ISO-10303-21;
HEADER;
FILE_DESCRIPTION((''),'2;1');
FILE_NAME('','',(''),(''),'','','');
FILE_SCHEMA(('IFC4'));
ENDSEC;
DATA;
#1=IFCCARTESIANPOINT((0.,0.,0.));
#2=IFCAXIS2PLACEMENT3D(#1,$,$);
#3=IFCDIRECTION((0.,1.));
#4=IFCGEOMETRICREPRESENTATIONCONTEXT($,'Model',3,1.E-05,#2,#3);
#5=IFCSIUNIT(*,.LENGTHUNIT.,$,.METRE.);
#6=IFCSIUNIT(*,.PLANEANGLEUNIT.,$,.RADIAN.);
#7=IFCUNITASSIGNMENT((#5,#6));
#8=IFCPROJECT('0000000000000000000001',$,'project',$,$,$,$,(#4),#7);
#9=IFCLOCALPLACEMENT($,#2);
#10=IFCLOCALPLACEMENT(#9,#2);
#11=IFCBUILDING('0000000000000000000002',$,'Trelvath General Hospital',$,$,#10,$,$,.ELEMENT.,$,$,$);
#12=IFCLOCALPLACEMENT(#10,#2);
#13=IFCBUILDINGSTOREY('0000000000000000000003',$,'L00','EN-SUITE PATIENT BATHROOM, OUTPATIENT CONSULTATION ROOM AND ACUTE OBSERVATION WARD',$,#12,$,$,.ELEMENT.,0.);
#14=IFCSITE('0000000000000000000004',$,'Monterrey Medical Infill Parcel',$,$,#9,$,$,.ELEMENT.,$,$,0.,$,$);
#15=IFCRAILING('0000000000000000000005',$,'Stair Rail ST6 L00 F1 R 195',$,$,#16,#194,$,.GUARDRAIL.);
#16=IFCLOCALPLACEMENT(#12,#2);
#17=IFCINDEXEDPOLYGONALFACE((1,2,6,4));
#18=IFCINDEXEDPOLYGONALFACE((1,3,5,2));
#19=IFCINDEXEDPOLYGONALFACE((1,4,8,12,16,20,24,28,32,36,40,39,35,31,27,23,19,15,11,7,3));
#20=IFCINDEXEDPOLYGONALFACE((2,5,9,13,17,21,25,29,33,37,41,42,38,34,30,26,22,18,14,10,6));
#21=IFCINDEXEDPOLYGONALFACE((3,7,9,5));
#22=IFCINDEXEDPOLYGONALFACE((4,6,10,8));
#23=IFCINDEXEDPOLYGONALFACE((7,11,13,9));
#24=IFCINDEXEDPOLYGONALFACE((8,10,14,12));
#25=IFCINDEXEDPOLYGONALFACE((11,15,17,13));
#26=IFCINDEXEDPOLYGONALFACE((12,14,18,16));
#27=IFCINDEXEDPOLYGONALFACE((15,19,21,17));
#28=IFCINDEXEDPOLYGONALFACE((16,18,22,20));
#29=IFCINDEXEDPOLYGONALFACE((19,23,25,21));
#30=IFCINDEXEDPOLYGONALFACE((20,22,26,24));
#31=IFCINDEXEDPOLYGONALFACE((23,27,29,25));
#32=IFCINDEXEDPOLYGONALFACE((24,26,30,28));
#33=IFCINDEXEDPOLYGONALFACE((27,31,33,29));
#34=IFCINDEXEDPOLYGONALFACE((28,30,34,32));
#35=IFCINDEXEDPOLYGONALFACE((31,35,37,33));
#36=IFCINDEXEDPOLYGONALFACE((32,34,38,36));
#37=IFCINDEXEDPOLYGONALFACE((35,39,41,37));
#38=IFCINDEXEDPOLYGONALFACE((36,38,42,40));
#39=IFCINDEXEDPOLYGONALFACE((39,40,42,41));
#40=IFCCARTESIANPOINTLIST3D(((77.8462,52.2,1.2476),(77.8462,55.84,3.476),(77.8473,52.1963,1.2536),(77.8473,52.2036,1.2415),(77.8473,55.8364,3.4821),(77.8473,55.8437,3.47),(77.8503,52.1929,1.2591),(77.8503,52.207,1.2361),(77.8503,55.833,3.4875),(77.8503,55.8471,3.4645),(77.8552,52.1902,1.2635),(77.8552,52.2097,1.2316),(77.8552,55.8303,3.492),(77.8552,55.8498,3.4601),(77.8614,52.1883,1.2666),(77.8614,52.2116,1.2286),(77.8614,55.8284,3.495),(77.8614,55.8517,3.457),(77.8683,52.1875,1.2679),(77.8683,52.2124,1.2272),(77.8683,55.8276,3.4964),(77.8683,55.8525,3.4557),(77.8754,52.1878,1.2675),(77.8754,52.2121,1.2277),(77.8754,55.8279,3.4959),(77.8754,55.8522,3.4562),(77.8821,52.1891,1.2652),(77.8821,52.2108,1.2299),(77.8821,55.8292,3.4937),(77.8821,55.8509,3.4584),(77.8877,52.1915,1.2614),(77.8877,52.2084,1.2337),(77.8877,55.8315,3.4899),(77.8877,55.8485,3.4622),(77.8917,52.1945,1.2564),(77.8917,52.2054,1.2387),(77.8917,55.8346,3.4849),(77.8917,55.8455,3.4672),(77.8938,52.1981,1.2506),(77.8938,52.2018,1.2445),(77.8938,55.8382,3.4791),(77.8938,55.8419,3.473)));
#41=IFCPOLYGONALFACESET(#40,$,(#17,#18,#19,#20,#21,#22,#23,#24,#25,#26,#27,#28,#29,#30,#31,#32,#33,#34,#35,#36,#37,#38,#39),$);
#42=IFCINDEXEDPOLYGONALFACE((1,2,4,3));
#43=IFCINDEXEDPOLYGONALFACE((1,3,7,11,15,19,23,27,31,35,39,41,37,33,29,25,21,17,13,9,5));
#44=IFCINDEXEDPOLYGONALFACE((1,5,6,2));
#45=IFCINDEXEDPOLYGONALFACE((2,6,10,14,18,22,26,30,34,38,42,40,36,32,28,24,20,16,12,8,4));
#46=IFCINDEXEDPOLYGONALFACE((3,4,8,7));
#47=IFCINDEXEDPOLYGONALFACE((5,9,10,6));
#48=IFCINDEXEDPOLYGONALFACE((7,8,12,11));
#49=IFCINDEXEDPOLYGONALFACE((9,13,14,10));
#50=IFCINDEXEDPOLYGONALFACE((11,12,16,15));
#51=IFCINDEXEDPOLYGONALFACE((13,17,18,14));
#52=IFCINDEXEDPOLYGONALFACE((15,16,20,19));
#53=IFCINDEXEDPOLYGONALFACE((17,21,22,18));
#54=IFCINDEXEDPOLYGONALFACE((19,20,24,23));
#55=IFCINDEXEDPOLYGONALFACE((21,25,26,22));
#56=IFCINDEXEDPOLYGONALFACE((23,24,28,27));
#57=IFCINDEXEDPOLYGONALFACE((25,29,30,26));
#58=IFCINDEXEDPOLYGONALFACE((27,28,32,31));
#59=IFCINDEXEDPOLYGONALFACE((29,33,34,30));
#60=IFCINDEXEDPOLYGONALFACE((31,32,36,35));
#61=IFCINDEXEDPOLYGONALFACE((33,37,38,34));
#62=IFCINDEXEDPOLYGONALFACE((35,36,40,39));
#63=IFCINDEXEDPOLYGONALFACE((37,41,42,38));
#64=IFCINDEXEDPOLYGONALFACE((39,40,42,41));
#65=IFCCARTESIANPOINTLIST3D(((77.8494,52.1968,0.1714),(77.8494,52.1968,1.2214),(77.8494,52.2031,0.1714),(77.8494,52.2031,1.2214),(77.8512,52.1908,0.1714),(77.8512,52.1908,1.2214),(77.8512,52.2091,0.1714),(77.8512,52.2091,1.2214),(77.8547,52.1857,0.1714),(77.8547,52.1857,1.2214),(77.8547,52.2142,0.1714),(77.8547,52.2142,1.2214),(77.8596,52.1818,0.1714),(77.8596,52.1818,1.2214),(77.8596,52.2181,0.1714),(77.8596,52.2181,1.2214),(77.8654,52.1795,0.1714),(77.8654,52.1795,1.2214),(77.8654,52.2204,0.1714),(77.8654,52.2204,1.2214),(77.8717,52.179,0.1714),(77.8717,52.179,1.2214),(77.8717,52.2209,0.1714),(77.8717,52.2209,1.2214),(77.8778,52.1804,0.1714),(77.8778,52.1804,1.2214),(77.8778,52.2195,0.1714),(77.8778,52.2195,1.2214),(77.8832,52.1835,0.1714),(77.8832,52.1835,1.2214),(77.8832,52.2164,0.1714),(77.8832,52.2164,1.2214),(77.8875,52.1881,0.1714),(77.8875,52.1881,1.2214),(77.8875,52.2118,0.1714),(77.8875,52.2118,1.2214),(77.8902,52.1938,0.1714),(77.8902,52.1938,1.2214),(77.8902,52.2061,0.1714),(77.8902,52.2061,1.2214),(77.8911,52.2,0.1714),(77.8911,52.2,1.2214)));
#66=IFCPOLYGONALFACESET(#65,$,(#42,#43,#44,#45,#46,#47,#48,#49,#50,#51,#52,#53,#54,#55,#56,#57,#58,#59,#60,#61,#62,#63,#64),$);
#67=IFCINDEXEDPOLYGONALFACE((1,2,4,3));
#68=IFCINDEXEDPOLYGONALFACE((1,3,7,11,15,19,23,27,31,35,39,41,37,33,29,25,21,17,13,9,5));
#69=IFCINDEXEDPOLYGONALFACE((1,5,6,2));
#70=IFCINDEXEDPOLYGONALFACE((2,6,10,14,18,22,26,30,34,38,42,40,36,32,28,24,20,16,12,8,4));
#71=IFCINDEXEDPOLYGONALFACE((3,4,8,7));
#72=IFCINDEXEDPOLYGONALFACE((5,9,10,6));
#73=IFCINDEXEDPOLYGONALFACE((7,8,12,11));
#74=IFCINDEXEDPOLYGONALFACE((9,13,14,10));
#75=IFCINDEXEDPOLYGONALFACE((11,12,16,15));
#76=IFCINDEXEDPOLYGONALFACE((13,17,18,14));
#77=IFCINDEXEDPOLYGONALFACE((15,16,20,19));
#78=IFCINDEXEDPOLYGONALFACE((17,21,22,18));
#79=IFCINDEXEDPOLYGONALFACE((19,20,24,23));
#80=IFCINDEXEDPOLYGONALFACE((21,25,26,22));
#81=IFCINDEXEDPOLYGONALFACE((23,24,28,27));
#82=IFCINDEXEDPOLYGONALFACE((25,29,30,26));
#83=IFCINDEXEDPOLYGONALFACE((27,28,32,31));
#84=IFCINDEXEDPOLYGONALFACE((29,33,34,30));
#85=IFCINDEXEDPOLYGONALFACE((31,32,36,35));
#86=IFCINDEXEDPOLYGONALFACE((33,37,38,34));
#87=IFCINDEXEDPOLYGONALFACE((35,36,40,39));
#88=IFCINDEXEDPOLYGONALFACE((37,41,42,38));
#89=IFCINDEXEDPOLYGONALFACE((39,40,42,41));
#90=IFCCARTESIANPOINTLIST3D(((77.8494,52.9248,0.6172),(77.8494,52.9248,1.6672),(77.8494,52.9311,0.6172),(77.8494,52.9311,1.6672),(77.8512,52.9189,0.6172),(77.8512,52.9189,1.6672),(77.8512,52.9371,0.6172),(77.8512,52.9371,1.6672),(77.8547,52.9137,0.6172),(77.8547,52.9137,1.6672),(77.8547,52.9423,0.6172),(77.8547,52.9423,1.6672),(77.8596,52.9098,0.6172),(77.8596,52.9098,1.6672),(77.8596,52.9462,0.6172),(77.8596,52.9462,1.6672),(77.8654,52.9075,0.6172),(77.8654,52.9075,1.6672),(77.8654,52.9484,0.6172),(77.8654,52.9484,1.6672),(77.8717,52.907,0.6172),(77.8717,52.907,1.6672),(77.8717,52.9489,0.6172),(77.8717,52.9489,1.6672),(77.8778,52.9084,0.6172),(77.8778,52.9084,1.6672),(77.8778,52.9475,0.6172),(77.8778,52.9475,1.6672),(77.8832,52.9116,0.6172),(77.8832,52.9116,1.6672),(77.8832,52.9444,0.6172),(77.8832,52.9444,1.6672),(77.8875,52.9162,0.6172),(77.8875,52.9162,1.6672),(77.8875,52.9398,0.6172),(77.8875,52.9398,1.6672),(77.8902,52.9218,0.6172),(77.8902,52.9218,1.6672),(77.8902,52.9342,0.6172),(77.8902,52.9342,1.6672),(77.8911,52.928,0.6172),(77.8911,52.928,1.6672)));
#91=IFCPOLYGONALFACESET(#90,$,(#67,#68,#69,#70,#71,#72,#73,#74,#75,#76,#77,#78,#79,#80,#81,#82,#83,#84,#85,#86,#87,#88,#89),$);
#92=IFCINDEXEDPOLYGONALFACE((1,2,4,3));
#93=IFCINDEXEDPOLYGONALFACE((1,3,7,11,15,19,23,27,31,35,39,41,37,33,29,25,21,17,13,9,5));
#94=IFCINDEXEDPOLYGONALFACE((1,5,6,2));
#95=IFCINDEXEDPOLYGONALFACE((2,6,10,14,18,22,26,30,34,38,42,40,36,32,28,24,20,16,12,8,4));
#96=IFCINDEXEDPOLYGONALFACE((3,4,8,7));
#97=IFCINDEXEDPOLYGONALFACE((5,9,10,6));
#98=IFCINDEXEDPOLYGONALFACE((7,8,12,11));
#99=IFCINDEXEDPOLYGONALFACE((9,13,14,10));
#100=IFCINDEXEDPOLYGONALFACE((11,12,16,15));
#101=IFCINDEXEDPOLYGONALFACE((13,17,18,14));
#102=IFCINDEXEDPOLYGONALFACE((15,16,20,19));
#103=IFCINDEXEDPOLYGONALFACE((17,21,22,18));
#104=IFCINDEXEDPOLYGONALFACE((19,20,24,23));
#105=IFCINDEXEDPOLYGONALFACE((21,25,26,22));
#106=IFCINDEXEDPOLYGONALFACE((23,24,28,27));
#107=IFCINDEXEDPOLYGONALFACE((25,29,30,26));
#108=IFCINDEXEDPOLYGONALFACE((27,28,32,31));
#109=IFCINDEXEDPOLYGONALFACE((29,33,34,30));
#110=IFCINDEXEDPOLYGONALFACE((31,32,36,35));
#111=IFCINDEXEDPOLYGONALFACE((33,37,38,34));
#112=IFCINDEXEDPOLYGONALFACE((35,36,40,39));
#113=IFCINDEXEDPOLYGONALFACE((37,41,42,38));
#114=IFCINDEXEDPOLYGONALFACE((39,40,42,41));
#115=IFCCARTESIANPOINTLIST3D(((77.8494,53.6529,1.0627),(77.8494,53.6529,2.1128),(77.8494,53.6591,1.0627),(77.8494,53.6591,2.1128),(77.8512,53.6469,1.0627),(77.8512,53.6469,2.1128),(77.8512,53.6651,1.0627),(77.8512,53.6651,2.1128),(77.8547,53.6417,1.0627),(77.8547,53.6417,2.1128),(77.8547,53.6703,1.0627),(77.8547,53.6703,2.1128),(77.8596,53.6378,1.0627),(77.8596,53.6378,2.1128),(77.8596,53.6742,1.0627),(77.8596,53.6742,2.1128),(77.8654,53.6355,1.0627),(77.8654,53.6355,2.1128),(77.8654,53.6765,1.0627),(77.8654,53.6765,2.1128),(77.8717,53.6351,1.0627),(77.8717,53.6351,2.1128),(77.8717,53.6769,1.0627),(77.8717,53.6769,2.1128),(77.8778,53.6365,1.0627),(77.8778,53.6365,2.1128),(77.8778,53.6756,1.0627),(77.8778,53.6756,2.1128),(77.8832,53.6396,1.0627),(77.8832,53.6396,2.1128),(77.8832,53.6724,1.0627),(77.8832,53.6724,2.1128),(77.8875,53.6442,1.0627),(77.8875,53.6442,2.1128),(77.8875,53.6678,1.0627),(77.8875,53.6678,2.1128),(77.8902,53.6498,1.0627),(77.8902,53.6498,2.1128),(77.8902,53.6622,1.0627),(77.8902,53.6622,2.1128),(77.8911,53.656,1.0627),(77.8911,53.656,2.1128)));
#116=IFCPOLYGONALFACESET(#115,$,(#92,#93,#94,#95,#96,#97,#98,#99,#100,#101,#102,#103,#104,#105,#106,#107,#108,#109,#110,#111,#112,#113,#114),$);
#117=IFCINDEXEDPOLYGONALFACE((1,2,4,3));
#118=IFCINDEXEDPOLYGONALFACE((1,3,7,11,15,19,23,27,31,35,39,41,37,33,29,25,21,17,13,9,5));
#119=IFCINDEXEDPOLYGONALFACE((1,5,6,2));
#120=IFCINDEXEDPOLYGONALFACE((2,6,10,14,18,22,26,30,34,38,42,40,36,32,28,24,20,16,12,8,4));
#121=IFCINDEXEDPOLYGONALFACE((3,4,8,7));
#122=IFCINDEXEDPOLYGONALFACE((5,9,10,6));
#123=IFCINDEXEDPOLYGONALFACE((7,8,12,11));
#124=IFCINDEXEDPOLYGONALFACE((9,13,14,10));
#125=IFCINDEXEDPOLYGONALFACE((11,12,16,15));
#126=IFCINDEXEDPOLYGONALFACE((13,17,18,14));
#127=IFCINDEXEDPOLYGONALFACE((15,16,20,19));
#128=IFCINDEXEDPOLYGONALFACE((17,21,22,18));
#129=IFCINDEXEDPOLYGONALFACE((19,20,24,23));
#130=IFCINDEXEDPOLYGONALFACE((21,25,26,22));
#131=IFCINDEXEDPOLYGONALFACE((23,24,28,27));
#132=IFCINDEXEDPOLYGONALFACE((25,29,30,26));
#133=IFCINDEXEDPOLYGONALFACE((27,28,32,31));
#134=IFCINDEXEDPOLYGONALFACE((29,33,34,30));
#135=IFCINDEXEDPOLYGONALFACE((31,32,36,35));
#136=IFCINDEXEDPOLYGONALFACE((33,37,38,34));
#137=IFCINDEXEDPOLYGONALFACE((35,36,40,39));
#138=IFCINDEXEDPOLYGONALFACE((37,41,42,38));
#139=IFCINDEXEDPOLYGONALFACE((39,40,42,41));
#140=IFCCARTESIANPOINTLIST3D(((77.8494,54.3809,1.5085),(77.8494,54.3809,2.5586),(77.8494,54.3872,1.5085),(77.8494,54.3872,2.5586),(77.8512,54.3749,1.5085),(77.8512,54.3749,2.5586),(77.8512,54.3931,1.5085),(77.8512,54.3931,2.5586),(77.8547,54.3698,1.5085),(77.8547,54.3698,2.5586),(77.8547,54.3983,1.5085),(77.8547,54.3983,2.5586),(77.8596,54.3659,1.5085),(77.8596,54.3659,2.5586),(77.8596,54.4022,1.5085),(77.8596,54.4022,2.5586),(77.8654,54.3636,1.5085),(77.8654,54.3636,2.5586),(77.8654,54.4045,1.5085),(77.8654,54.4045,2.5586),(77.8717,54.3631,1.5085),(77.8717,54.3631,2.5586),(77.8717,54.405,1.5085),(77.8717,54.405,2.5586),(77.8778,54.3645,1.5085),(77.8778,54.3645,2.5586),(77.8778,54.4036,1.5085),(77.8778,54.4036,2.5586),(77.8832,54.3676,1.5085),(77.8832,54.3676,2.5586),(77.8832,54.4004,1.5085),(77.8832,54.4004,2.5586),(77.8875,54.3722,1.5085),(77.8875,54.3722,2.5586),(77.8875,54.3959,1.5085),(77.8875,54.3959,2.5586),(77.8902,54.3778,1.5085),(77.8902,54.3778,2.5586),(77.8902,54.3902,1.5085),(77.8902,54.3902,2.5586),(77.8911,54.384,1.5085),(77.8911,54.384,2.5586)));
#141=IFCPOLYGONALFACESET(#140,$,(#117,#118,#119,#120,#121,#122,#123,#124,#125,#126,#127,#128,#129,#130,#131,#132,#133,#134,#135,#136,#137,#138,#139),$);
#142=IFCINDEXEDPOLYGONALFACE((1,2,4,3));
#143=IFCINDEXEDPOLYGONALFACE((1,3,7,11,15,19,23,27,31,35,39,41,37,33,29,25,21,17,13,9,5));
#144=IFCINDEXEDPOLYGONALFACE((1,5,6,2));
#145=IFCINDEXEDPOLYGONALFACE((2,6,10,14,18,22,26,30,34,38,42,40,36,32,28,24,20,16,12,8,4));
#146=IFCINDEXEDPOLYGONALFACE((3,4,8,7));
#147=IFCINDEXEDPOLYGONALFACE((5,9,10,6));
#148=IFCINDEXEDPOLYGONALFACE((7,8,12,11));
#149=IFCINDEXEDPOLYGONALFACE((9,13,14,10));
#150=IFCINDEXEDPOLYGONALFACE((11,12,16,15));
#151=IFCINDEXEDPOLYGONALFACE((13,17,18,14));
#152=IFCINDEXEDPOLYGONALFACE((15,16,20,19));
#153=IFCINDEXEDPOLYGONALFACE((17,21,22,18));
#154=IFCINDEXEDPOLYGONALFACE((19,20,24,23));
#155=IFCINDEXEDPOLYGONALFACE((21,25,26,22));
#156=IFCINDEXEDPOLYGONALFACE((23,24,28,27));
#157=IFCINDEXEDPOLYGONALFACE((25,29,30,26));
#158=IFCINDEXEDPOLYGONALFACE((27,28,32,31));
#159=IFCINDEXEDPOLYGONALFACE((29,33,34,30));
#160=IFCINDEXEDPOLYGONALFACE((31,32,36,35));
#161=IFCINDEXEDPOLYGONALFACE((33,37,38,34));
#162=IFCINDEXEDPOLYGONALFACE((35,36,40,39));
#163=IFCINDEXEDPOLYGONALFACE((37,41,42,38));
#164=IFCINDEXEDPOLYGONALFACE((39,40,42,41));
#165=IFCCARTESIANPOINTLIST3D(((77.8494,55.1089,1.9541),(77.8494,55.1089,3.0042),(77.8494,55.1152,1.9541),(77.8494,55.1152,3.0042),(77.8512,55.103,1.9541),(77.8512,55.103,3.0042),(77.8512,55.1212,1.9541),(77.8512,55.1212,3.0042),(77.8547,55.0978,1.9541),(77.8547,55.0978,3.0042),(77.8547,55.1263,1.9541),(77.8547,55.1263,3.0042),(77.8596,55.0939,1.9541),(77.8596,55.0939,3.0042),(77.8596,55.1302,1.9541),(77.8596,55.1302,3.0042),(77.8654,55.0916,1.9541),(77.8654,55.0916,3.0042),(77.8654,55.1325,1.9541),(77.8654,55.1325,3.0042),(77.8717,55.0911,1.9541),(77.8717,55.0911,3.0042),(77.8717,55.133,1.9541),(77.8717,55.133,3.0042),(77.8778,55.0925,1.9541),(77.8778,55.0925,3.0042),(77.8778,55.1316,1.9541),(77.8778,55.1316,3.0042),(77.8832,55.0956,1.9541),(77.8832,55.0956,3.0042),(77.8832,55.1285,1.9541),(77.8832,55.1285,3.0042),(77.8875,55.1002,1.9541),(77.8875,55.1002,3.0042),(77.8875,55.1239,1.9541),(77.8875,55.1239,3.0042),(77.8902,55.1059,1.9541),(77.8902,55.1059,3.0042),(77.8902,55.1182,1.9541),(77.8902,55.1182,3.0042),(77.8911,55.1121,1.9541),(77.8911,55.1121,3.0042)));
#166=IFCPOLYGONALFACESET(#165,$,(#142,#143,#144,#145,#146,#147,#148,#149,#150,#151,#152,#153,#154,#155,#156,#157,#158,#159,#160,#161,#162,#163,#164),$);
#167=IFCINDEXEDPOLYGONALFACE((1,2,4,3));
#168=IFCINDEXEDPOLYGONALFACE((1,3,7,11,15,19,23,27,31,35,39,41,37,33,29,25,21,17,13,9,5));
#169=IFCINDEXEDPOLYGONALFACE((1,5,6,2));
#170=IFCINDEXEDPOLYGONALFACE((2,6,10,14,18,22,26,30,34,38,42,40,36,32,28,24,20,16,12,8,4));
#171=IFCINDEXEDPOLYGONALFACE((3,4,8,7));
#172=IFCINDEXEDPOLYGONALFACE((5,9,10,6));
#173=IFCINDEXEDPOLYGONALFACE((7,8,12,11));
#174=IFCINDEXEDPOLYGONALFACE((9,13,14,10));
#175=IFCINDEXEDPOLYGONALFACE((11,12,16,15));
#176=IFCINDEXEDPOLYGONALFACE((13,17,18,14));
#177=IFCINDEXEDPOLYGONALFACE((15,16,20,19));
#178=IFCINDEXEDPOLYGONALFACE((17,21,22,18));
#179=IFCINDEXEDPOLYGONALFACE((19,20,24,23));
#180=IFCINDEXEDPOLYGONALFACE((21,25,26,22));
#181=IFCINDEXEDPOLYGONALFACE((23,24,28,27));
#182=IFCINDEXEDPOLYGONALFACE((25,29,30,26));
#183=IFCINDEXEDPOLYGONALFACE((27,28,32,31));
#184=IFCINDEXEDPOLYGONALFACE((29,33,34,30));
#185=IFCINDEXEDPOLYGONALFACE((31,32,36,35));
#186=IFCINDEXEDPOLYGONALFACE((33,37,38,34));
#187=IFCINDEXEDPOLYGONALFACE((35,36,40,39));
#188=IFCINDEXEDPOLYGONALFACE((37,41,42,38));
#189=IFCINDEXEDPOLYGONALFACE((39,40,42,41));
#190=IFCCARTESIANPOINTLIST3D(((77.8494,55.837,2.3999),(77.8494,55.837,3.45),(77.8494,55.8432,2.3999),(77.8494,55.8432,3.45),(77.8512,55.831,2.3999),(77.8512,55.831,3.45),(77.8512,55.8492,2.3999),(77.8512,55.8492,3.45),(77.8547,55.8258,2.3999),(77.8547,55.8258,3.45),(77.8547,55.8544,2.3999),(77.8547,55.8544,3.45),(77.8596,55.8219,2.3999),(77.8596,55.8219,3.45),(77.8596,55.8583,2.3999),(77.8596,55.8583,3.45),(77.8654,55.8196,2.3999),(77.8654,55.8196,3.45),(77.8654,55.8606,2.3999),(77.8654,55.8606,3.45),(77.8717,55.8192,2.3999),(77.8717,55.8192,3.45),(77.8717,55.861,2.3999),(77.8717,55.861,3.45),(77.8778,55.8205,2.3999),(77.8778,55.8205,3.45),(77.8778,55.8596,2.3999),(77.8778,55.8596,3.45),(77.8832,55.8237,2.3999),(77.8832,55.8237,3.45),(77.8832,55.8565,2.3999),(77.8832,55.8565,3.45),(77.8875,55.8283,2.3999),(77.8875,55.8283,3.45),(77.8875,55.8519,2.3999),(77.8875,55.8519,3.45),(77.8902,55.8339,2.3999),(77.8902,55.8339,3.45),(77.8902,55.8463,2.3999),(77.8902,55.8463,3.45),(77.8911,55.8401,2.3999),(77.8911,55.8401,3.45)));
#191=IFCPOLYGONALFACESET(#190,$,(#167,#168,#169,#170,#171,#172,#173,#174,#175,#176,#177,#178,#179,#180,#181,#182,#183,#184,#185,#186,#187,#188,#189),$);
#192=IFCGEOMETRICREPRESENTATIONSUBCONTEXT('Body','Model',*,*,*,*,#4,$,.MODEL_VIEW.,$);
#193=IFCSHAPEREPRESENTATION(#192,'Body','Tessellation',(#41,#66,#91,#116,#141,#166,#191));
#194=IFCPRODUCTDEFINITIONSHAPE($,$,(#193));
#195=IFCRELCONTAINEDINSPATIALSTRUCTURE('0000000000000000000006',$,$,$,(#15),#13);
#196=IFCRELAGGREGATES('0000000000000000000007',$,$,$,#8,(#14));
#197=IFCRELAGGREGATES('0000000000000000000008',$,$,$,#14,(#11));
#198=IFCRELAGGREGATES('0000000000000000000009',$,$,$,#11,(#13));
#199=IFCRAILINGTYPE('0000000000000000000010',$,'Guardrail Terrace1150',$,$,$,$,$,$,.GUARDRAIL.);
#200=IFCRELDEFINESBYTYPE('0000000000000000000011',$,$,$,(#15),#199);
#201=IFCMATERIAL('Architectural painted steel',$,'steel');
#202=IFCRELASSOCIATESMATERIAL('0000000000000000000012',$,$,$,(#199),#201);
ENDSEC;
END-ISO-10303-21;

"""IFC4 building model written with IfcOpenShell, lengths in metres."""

from ifc_helpers import new_model, si_unit, direction, frame, origin, origin_2d, place, context, subcontext, project, spatial, circle, extrude, material, type_object, element, save


model = new_model("IFC4")

# Units and contexts
model_context = context("Model", 3, precision=1e-05, world=origin(), true_north=direction((0.0, 1.0)))
body_context = subcontext(model_context, "Body", "Model", "MODEL_VIEW")
ifc_project = project(units=[si_unit("LENGTHUNIT", "METRE"), si_unit("PLANEANGLEUNIT", "RADIAN")], contexts=[model_context])

# Site, building, storey
site_placement = place(None, origin())
site = spatial("IfcSite", under=ifc_project, at=site_placement, Name="Monterrey Medical Infill Parcel", CompositionType="ELEMENT", RefElevation=0.0)
building_placement = place(site_placement, origin())
building = spatial("IfcBuilding", under=site, at=building_placement, Name="Trelvath General Hospital", CompositionType="ELEMENT")
storey_placement = place(building_placement, origin())
storey = spatial("IfcBuildingStorey", under=building, at=storey_placement, Name="L00", Description="EN-SUITE PATIENT BATHROOM, OUTPATIENT CONSULTATION ROOM AND ACUTE OBSERVATION WARD", CompositionType="ELEMENT", Elevation=0.0)

# Railing
ifc_material_1 = material(Name="Architectural painted steel", Category="steel")
railing_type_1 = type_object("IfcRailingType", Name="Guardrail Terrace1150", PredefinedType="GUARDRAIL", material=ifc_material_1)
railing_1_placement = place(storey_placement, frame((77.8701, 52.2, 0.1714)))
element("IfcRailing", 1, at=railing_1_placement, inside=storey, type_object=railing_type_1, Name="Stair Rail ST6 L00 F1 R 195", PredefinedType="GUARDRAIL", context=body_context, shape_type="SweptSolid", body=[
    extrude(circle(Radius=0.0239, at=origin_2d()), frame((0.0, 0.0, 1.0762), z_axis=(0.0, 0.852866, 0.52213), x_axis=(-1.0, 0.0, 0.0)), (0.0, 0.0, 1.0), 4.2681),
    extrude(circle(Radius=0.021, at=origin_2d()), origin(), (0.0, 0.0, 1.0), 1.05),
    extrude(circle(Radius=0.021, at=origin_2d()), frame((0.0, 0.728, 0.4458)), (0.0, 0.0, 1.0), 1.05),
    extrude(circle(Radius=0.021, at=origin_2d()), frame((0.0, 1.4561, 0.8914)), (0.0, 0.0, 1.0), 1.05),
    extrude(circle(Radius=0.021, at=origin_2d()), frame((0.0, 2.1841, 1.3372)), (0.0, 0.0, 1.0), 1.05),
    extrude(circle(Radius=0.021, at=origin_2d()), frame((0.0, 2.9121, 1.7827)), (0.0, 0.0, 1.0), 1.05),
    extrude(circle(Radius=0.021, at=origin_2d()), frame((0.0, 3.6401, 2.2285)), (0.0, 0.0, 1.0), 1.05),
])

save(model, "model.ifc")
